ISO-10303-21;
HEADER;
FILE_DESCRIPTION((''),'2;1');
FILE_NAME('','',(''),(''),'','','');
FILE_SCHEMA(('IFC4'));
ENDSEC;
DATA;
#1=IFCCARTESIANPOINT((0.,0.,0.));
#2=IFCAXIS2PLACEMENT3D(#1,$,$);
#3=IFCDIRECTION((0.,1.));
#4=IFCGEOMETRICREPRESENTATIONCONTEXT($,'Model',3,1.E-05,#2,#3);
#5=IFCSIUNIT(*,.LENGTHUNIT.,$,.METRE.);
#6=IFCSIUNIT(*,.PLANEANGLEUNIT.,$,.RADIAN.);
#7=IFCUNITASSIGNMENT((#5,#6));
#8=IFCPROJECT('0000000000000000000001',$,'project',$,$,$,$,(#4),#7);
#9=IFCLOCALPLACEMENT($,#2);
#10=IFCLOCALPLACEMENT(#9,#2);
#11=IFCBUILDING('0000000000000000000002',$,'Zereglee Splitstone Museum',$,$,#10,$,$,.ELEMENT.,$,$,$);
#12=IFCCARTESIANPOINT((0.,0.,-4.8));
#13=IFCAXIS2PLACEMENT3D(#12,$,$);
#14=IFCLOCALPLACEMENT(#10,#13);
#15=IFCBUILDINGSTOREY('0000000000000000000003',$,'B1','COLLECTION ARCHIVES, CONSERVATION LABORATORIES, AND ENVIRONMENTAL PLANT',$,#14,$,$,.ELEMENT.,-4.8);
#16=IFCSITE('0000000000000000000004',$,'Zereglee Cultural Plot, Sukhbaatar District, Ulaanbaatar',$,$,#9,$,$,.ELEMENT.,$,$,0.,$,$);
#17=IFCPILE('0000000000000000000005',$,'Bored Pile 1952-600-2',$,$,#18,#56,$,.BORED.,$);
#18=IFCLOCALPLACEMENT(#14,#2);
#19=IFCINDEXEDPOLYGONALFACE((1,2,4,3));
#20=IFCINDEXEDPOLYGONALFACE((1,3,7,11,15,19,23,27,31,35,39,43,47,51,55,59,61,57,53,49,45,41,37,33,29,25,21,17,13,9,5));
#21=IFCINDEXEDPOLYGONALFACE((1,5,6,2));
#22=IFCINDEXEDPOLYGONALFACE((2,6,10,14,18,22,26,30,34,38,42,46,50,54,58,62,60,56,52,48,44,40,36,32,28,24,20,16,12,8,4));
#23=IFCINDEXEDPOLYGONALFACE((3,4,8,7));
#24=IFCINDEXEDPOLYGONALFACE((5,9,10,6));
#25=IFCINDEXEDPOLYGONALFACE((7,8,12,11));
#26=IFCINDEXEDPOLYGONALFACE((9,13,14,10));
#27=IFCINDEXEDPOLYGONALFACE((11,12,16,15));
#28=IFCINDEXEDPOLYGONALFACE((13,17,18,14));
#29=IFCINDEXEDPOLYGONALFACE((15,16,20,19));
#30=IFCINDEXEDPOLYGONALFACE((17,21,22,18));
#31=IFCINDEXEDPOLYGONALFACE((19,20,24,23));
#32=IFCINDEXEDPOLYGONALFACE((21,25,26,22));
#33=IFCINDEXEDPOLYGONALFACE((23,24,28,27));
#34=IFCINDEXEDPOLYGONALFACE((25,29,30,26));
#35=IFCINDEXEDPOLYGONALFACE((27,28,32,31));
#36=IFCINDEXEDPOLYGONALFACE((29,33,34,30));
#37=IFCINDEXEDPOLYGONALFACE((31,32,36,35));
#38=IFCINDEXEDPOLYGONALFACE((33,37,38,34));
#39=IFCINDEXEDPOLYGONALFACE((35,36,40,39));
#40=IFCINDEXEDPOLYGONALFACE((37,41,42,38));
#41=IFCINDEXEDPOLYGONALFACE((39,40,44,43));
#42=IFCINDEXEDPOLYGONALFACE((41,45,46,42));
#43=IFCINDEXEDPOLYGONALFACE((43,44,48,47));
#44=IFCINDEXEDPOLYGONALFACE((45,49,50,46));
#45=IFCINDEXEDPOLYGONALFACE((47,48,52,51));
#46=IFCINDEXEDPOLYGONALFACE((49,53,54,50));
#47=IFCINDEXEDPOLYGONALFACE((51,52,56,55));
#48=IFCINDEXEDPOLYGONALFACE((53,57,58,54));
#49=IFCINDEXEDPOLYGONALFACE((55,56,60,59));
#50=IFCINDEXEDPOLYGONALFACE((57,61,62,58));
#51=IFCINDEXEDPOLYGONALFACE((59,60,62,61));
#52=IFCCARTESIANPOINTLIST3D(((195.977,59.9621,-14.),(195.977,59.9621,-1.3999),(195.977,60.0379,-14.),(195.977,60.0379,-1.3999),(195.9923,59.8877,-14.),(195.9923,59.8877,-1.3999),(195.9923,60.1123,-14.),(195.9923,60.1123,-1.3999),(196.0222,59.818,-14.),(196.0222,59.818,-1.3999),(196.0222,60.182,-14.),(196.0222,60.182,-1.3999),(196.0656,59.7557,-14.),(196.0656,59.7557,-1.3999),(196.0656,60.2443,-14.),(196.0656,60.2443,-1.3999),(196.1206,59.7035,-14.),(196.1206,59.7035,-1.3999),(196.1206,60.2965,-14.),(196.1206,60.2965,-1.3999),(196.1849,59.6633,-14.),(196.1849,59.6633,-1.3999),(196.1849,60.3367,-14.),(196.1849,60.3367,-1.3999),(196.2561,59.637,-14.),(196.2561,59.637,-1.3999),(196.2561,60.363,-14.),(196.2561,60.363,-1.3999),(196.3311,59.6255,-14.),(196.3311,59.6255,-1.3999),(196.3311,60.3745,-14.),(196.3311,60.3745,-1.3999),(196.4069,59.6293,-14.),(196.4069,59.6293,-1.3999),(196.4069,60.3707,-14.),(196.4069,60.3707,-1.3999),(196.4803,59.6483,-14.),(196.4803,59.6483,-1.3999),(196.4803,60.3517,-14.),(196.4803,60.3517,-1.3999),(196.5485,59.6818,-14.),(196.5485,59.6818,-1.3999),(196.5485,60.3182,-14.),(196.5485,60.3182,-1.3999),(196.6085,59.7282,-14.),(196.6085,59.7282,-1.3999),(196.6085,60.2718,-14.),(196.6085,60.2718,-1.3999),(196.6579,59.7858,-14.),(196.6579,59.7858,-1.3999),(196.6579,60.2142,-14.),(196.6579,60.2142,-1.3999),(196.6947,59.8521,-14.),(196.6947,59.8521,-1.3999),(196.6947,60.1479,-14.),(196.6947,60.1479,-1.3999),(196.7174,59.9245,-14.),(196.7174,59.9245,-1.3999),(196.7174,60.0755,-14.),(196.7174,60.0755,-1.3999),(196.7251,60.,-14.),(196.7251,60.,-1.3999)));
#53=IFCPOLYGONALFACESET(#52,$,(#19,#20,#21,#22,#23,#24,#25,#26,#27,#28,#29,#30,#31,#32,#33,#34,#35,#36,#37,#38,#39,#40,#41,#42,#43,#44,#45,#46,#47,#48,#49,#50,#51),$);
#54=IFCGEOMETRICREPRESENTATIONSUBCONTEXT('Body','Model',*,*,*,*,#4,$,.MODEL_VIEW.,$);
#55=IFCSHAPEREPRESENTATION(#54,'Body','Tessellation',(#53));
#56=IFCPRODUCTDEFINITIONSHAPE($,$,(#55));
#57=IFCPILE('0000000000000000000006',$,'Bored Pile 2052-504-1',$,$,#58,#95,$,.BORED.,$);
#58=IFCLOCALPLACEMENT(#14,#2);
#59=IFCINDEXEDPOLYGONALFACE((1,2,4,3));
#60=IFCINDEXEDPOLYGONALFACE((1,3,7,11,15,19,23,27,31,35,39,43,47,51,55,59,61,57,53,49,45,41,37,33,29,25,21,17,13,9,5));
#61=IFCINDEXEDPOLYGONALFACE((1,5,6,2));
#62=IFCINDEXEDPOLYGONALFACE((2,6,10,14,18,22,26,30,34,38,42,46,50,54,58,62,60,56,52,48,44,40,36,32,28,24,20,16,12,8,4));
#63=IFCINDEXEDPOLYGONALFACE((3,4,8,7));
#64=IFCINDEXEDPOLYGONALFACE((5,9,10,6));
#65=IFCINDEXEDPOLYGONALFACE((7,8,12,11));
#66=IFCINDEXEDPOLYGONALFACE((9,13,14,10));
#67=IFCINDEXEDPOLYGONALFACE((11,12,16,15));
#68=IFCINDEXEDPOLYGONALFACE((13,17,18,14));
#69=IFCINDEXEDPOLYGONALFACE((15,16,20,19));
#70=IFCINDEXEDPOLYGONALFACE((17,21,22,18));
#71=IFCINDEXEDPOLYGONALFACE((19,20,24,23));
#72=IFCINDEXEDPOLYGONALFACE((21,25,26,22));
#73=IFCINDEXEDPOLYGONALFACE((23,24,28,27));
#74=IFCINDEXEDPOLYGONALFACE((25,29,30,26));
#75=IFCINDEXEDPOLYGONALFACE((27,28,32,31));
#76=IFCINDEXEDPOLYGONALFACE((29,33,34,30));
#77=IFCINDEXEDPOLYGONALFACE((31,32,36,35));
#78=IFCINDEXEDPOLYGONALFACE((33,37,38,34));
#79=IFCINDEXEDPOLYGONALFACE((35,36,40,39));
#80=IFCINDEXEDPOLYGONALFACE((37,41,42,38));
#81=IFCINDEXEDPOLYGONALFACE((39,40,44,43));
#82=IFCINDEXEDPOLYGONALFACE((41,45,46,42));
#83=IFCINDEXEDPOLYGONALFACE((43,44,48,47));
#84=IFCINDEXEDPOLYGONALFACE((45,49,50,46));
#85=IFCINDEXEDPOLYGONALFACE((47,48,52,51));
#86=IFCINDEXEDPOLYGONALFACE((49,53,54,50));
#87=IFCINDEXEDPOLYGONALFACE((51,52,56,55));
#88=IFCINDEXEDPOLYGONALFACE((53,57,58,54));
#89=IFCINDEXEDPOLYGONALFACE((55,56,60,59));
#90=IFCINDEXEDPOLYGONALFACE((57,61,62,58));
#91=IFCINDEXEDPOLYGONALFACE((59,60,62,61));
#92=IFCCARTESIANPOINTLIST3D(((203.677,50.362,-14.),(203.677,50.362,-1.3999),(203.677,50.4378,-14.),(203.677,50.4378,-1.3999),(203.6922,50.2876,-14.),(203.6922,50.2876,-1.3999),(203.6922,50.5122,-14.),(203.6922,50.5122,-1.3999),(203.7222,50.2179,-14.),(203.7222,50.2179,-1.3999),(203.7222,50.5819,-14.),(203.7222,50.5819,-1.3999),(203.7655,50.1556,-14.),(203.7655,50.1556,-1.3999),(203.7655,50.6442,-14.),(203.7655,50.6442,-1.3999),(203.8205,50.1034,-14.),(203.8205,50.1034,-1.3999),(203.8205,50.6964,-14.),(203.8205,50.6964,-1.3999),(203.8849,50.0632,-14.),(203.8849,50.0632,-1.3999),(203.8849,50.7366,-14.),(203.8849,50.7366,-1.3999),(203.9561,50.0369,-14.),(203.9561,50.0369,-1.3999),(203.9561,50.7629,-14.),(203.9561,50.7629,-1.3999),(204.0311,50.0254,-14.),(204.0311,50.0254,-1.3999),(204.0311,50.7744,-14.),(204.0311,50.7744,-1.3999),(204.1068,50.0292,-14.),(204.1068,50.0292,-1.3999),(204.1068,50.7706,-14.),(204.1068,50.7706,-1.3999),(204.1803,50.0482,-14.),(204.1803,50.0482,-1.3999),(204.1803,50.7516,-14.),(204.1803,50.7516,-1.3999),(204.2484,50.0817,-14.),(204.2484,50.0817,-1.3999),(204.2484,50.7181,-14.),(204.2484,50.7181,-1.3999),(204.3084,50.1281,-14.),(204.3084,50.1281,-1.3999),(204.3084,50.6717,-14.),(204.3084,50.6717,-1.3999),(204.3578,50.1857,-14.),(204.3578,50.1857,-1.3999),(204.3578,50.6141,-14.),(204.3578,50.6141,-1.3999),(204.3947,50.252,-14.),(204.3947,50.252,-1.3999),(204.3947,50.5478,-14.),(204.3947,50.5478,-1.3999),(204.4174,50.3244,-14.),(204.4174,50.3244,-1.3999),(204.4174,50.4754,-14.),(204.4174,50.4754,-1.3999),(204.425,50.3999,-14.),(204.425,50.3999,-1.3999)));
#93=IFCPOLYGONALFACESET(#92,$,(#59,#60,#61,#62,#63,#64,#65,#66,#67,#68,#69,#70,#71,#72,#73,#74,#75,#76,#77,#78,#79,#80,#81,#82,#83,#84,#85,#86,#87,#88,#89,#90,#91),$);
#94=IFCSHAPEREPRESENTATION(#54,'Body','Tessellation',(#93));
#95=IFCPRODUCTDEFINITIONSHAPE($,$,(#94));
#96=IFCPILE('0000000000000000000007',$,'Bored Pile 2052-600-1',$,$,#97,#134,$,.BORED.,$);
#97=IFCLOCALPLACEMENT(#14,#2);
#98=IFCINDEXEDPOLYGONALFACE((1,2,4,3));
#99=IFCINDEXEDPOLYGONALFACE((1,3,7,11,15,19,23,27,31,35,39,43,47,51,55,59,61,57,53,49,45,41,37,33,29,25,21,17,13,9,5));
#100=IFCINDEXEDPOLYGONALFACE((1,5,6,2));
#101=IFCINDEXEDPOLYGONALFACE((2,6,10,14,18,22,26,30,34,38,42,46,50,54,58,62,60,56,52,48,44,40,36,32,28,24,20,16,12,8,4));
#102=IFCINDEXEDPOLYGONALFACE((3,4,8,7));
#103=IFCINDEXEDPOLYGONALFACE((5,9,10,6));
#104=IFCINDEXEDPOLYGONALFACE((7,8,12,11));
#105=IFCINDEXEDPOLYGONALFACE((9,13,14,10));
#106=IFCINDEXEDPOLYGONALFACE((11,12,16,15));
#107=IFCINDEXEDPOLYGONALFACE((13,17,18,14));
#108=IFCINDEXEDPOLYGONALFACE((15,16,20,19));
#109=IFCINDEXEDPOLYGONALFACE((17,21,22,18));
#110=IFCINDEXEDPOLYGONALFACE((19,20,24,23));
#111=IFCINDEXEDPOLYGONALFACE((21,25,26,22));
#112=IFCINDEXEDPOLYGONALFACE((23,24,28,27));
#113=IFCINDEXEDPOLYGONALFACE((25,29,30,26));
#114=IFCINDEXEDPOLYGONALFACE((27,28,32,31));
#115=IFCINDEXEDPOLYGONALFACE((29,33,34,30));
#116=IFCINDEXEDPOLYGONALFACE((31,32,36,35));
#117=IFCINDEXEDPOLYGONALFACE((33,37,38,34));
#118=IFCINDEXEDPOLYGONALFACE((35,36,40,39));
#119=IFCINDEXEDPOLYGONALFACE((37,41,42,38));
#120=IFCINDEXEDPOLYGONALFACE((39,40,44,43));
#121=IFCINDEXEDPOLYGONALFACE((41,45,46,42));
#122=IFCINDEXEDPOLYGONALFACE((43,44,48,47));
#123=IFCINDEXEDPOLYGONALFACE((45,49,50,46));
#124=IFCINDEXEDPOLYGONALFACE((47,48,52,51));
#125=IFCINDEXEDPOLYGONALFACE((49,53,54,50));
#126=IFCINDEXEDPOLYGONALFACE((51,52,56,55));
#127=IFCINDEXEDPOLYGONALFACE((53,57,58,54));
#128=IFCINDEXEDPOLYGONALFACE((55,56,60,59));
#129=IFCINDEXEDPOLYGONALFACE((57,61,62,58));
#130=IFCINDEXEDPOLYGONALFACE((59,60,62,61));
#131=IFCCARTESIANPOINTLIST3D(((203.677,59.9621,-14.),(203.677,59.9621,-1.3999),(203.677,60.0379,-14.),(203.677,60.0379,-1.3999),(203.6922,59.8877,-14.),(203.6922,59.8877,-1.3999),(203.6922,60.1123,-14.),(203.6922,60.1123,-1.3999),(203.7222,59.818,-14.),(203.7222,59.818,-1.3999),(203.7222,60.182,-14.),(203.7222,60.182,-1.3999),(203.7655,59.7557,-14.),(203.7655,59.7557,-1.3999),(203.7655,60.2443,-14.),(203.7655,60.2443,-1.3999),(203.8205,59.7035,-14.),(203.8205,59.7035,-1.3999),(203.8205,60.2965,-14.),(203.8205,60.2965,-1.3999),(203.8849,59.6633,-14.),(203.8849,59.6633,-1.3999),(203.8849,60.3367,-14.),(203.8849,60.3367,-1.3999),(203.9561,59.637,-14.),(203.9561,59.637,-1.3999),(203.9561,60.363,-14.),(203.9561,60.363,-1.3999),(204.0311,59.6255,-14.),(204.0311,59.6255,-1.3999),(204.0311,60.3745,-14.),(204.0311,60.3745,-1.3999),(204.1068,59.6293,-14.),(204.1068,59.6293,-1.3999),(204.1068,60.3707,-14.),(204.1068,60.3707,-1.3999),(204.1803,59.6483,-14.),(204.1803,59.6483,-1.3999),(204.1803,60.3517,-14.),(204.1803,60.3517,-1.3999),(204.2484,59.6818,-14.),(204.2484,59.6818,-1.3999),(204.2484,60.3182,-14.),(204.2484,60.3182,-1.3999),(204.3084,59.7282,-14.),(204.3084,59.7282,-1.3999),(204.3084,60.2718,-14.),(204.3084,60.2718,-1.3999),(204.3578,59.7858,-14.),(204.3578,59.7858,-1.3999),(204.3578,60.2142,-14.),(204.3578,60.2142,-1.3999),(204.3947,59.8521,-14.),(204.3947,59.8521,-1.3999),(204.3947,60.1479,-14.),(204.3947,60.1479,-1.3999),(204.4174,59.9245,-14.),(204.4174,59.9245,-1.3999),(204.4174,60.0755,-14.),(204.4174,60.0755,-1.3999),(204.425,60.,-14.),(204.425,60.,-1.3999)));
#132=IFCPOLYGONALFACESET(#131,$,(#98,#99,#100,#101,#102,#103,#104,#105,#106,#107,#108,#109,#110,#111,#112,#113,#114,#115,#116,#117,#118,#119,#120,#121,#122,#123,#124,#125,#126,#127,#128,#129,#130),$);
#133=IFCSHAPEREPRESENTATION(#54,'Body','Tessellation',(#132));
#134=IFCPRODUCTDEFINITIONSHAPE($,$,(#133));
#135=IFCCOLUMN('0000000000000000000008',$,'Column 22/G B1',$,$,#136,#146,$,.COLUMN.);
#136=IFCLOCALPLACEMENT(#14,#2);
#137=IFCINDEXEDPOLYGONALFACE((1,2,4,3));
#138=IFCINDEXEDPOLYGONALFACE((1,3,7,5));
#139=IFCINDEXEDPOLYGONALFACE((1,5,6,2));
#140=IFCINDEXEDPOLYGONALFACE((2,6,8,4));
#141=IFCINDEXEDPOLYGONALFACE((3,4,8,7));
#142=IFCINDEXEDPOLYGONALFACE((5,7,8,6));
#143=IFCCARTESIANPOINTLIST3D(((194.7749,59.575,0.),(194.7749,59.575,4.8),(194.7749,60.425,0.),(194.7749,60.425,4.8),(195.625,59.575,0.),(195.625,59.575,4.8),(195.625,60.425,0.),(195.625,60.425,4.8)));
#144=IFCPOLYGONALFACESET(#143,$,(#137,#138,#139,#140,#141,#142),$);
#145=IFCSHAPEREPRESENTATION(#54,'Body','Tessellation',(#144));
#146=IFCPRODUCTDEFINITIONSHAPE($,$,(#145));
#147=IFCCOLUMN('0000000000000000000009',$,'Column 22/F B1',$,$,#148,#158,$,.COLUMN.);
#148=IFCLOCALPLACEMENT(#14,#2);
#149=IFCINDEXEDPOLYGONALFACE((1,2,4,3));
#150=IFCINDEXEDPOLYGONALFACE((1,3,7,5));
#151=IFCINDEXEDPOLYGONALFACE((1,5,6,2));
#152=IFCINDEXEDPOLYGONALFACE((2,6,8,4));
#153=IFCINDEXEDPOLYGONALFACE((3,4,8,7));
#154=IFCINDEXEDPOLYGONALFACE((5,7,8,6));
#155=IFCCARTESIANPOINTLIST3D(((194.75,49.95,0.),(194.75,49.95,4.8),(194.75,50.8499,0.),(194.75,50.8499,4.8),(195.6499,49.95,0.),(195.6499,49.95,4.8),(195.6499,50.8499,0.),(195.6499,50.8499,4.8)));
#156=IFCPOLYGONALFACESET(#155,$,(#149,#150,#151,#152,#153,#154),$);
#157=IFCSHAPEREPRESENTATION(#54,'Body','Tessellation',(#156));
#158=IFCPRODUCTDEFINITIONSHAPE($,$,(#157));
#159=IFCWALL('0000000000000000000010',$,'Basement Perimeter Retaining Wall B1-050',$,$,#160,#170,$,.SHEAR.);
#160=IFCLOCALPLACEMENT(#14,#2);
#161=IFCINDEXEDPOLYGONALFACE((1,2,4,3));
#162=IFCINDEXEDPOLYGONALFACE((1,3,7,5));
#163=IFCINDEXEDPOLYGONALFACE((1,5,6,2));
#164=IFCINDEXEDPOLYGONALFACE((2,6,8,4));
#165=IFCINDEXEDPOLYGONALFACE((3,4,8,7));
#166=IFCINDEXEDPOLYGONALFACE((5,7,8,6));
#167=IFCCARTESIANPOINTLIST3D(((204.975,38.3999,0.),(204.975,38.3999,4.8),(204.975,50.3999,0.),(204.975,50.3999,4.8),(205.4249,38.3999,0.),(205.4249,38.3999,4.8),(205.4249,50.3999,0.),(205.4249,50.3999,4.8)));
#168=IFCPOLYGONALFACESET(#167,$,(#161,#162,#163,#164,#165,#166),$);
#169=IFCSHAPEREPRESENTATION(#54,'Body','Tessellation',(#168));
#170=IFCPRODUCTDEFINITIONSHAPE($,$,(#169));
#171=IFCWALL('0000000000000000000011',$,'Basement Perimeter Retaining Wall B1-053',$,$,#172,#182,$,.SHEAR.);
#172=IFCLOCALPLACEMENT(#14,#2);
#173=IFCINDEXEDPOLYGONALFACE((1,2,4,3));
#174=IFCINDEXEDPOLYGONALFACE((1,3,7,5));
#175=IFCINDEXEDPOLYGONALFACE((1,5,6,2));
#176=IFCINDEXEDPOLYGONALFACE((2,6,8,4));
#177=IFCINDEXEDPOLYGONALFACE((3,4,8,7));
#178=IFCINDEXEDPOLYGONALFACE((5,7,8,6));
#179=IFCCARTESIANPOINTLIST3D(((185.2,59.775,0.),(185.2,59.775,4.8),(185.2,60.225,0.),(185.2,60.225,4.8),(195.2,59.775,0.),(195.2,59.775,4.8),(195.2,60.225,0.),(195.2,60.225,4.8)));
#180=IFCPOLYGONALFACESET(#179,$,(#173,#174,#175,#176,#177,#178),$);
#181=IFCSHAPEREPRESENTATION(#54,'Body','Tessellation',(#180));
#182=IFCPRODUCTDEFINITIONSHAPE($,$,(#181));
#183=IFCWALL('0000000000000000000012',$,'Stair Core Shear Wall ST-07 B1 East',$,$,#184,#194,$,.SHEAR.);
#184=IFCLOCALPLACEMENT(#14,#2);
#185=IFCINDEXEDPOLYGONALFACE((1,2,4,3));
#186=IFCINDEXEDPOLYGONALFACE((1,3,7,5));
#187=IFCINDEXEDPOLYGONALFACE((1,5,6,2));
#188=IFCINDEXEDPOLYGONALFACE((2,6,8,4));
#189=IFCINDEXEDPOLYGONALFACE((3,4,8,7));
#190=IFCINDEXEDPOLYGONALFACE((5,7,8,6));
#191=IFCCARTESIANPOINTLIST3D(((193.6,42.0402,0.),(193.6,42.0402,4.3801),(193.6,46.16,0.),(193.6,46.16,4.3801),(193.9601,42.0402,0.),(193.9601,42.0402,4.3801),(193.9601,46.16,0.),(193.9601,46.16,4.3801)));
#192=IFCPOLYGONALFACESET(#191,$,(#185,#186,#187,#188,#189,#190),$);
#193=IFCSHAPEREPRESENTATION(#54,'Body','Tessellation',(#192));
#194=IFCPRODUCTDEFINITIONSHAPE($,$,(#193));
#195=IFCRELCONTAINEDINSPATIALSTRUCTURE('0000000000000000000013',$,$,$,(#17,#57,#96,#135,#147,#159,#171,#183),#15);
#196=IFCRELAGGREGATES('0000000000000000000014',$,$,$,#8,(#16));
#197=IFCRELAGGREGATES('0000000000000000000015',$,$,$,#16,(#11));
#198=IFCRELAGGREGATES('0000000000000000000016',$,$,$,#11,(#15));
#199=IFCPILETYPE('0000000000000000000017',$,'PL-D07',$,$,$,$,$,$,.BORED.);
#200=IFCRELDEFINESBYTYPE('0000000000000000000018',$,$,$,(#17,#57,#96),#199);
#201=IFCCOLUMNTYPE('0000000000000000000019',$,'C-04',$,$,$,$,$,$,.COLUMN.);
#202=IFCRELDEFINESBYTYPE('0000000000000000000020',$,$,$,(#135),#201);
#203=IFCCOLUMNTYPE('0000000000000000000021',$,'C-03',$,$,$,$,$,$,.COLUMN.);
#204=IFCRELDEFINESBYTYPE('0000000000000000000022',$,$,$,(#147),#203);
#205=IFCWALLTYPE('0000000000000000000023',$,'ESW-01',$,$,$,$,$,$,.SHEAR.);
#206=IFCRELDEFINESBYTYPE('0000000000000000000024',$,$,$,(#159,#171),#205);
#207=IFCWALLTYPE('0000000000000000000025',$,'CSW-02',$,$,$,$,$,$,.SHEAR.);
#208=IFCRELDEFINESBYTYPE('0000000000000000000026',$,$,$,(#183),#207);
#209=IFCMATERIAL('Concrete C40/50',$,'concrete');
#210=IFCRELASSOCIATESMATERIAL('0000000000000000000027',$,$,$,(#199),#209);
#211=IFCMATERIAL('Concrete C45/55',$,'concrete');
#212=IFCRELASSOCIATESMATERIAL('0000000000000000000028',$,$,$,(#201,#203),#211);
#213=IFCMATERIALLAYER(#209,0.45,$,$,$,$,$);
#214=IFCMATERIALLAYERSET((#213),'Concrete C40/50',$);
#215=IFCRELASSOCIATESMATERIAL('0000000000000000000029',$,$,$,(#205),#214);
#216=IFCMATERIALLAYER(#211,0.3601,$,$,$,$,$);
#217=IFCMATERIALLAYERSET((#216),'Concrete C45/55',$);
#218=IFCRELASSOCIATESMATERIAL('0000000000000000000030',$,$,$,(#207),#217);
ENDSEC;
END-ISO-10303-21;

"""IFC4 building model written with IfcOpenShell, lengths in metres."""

from ifc_helpers import new_model, si_unit, direction, frame, frame_2d, origin, origin_2d, place, context, subcontext, project, spatial, rectangle, circle, extrude, material, layer, layer_set, material_profile, profile_set, type_object, element, save


model = new_model("IFC4")

# Units and contexts
model_context = context("Model", 3, precision=1e-05, world=origin(), true_north=direction((0.0, 1.0)))
body_context = subcontext(model_context, "Body", "Model", "MODEL_VIEW")
ifc_project = project(units=[si_unit("LENGTHUNIT", "METRE"), si_unit("PLANEANGLEUNIT", "RADIAN")], contexts=[model_context])

# Site, building, storey
site_placement = place(None, origin())
site = spatial("IfcSite", under=ifc_project, at=site_placement, Name="Zereglee Cultural Plot, Sukhbaatar District, Ulaanbaatar", CompositionType="ELEMENT", RefElevation=0.0)
building_placement = place(site_placement, origin())
building = spatial("IfcBuilding", under=site, at=building_placement, Name="Zereglee Splitstone Museum", CompositionType="ELEMENT")
storey_placement = place(building_placement, frame((0.0, 0.0, -4.8)))
storey = spatial("IfcBuildingStorey", under=building, at=storey_placement, Name="B1", Description="COLLECTION ARCHIVES, CONSERVATION LABORATORIES, AND ENVIRONMENTAL PLANT", CompositionType="ELEMENT", Elevation=-4.8)

# Shared definitions
ifc_material_1 = material(Name="Concrete C40/50", Category="concrete")

# Piles
ifc_material_profile_1 = material_profile(ifc_material_1, circle(Radius=0.375, at=origin_2d()), Name="PILE D750")
ifc_profile_set_1 = profile_set([ifc_material_profile_1], Name="Concrete C40/50")
pile_type = type_object("IfcPileType", Name="PL-D07", PredefinedType="BORED", material=ifc_profile_set_1)
for number, where, z_axis, x_axis, name in (
    (1, (196.3501, 60.0, -1.3999), (0.0, 0.0, -1.0), (1.0, 0.0, 0.0), "Bored Pile 1952-600-2"),
    (2, (204.05, 50.3999, -1.3999), (0.0, 0.0, -1.0), (1.0, 0.0, 0.0), "Bored Pile 2052-504-1"),
    (3, (204.05, 60.0, -1.3999), (0.0, 0.0, -1.0), (1.0, 0.0, 0.0), "Bored Pile 2052-600-1"),
):
    element("IfcPile", number, at=place(storey_placement, frame(where, z_axis=z_axis, x_axis=x_axis)), inside=storey, type_object=pile_type, Name=name, PredefinedType="BORED", context=body_context, shape_type="SweptSolid", body=[
        extrude(circle(Radius=0.375, at=origin_2d()), origin(), (0.0, 0.0, 1.0), 12.6001),
    ])

# Columns
ifc_material_2 = material(Name="Concrete C45/55", Category="concrete")
ifc_material_profile_2 = material_profile(ifc_material_2, rectangle(XDim=0.8501, YDim=0.8501, at=origin_2d()), Name="RC 850x850")
ifc_profile_set_2 = profile_set([ifc_material_profile_2], Name="Concrete C45/55")
column_type_1 = type_object("IfcColumnType", Name="C-04", PredefinedType="COLUMN", material=ifc_profile_set_2)
column_1_placement = place(storey_placement, frame((195.2, 60.0, 0.0), z_axis=(0.0, 0.0, 1.0), x_axis=(1.0, 0.0, 0.0)))
element("IfcColumn", 4, at=column_1_placement, inside=storey, type_object=column_type_1, Name="Column 22/G B1", PredefinedType="COLUMN", context=body_context, shape_type="SweptSolid", body=[
    extrude(rectangle(XDim=0.8501, YDim=0.8501, at=origin_2d()), origin(), (0.0, 0.0, 1.0), 4.8),
])
ifc_material_profile_3 = material_profile(ifc_material_2, rectangle(XDim=0.8999, YDim=0.8999, at=origin_2d()), Name="RC 900x900")
ifc_profile_set_3 = profile_set([ifc_material_profile_3], Name="Concrete C45/55")
column_type_2 = type_object("IfcColumnType", Name="C-03", PredefinedType="COLUMN", material=ifc_profile_set_3)
column_2_placement = place(storey_placement, frame((195.2, 50.3999, 0.0), z_axis=(0.0, 0.0, 1.0), x_axis=(1.0, 0.0, 0.0)))
element("IfcColumn", 5, at=column_2_placement, inside=storey, type_object=column_type_2, Name="Column 22/F B1", PredefinedType="COLUMN", context=body_context, shape_type="SweptSolid", body=[
    extrude(rectangle(XDim=0.8999, YDim=0.8999, at=origin_2d()), origin(), (0.0, 0.0, 1.0), 4.8),
])

# Walls
ifc_layer_1 = layer(ifc_material_1, 0.45)
ifc_layer_set_1 = layer_set([ifc_layer_1], Name="Concrete C40/50")
wall_type_1 = type_object("IfcWallType", Name="ESW-01", PredefinedType="SHEAR", material=ifc_layer_set_1)
wall_1_placement = place(storey_placement, frame((205.2, 38.3999, 0.0), z_axis=(0.0, 0.0, 1.0), x_axis=(0.0, 1.0, 0.0)))
element("IfcWall", 6, at=wall_1_placement, inside=storey, type_object=wall_type_1, Name="Basement Perimeter Retaining Wall B1-050", PredefinedType="SHEAR", context=body_context, shape_type="SweptSolid", body=[
    extrude(rectangle(XDim=12.0, YDim=0.45, at=frame_2d((6.0, 0.0))), origin(), (0.0, 0.0, 1.0), 4.8),
])
wall_2_placement = place(storey_placement, frame((195.2, 60.0, 0.0), z_axis=(0.0, 0.0, 1.0), x_axis=(-1.0, 0.0, 0.0)))
element("IfcWall", 7, at=wall_2_placement, inside=storey, type_object=wall_type_1, Name="Basement Perimeter Retaining Wall B1-053", PredefinedType="SHEAR", context=body_context, shape_type="SweptSolid", body=[
    extrude(rectangle(XDim=10.0, YDim=0.45, at=frame_2d((5.0, 0.0))), origin(), (0.0, 0.0, 1.0), 4.8),
])
ifc_layer_2 = layer(ifc_material_2, 0.3601)
ifc_layer_set_2 = layer_set([ifc_layer_2], Name="Concrete C45/55")
wall_type_2 = type_object("IfcWallType", Name="CSW-02", PredefinedType="SHEAR", material=ifc_layer_set_2)
wall_3_placement = place(storey_placement, frame((193.78, 42.04, 0.0), z_axis=(0.0, 0.0, 1.0), x_axis=(0.0, 1.0, 0.0)))
element("IfcWall", 8, at=wall_3_placement, inside=storey, type_object=wall_type_2, Name="Stair Core Shear Wall ST-07 B1 East", PredefinedType="SHEAR", context=body_context, shape_type="SweptSolid", body=[
    extrude(rectangle(XDim=4.1199, YDim=0.3601, at=frame_2d((2.0601, 0.0))), origin(), (0.0, 0.0, 1.0), 4.3801),
])

save(model, "model.ifc")
